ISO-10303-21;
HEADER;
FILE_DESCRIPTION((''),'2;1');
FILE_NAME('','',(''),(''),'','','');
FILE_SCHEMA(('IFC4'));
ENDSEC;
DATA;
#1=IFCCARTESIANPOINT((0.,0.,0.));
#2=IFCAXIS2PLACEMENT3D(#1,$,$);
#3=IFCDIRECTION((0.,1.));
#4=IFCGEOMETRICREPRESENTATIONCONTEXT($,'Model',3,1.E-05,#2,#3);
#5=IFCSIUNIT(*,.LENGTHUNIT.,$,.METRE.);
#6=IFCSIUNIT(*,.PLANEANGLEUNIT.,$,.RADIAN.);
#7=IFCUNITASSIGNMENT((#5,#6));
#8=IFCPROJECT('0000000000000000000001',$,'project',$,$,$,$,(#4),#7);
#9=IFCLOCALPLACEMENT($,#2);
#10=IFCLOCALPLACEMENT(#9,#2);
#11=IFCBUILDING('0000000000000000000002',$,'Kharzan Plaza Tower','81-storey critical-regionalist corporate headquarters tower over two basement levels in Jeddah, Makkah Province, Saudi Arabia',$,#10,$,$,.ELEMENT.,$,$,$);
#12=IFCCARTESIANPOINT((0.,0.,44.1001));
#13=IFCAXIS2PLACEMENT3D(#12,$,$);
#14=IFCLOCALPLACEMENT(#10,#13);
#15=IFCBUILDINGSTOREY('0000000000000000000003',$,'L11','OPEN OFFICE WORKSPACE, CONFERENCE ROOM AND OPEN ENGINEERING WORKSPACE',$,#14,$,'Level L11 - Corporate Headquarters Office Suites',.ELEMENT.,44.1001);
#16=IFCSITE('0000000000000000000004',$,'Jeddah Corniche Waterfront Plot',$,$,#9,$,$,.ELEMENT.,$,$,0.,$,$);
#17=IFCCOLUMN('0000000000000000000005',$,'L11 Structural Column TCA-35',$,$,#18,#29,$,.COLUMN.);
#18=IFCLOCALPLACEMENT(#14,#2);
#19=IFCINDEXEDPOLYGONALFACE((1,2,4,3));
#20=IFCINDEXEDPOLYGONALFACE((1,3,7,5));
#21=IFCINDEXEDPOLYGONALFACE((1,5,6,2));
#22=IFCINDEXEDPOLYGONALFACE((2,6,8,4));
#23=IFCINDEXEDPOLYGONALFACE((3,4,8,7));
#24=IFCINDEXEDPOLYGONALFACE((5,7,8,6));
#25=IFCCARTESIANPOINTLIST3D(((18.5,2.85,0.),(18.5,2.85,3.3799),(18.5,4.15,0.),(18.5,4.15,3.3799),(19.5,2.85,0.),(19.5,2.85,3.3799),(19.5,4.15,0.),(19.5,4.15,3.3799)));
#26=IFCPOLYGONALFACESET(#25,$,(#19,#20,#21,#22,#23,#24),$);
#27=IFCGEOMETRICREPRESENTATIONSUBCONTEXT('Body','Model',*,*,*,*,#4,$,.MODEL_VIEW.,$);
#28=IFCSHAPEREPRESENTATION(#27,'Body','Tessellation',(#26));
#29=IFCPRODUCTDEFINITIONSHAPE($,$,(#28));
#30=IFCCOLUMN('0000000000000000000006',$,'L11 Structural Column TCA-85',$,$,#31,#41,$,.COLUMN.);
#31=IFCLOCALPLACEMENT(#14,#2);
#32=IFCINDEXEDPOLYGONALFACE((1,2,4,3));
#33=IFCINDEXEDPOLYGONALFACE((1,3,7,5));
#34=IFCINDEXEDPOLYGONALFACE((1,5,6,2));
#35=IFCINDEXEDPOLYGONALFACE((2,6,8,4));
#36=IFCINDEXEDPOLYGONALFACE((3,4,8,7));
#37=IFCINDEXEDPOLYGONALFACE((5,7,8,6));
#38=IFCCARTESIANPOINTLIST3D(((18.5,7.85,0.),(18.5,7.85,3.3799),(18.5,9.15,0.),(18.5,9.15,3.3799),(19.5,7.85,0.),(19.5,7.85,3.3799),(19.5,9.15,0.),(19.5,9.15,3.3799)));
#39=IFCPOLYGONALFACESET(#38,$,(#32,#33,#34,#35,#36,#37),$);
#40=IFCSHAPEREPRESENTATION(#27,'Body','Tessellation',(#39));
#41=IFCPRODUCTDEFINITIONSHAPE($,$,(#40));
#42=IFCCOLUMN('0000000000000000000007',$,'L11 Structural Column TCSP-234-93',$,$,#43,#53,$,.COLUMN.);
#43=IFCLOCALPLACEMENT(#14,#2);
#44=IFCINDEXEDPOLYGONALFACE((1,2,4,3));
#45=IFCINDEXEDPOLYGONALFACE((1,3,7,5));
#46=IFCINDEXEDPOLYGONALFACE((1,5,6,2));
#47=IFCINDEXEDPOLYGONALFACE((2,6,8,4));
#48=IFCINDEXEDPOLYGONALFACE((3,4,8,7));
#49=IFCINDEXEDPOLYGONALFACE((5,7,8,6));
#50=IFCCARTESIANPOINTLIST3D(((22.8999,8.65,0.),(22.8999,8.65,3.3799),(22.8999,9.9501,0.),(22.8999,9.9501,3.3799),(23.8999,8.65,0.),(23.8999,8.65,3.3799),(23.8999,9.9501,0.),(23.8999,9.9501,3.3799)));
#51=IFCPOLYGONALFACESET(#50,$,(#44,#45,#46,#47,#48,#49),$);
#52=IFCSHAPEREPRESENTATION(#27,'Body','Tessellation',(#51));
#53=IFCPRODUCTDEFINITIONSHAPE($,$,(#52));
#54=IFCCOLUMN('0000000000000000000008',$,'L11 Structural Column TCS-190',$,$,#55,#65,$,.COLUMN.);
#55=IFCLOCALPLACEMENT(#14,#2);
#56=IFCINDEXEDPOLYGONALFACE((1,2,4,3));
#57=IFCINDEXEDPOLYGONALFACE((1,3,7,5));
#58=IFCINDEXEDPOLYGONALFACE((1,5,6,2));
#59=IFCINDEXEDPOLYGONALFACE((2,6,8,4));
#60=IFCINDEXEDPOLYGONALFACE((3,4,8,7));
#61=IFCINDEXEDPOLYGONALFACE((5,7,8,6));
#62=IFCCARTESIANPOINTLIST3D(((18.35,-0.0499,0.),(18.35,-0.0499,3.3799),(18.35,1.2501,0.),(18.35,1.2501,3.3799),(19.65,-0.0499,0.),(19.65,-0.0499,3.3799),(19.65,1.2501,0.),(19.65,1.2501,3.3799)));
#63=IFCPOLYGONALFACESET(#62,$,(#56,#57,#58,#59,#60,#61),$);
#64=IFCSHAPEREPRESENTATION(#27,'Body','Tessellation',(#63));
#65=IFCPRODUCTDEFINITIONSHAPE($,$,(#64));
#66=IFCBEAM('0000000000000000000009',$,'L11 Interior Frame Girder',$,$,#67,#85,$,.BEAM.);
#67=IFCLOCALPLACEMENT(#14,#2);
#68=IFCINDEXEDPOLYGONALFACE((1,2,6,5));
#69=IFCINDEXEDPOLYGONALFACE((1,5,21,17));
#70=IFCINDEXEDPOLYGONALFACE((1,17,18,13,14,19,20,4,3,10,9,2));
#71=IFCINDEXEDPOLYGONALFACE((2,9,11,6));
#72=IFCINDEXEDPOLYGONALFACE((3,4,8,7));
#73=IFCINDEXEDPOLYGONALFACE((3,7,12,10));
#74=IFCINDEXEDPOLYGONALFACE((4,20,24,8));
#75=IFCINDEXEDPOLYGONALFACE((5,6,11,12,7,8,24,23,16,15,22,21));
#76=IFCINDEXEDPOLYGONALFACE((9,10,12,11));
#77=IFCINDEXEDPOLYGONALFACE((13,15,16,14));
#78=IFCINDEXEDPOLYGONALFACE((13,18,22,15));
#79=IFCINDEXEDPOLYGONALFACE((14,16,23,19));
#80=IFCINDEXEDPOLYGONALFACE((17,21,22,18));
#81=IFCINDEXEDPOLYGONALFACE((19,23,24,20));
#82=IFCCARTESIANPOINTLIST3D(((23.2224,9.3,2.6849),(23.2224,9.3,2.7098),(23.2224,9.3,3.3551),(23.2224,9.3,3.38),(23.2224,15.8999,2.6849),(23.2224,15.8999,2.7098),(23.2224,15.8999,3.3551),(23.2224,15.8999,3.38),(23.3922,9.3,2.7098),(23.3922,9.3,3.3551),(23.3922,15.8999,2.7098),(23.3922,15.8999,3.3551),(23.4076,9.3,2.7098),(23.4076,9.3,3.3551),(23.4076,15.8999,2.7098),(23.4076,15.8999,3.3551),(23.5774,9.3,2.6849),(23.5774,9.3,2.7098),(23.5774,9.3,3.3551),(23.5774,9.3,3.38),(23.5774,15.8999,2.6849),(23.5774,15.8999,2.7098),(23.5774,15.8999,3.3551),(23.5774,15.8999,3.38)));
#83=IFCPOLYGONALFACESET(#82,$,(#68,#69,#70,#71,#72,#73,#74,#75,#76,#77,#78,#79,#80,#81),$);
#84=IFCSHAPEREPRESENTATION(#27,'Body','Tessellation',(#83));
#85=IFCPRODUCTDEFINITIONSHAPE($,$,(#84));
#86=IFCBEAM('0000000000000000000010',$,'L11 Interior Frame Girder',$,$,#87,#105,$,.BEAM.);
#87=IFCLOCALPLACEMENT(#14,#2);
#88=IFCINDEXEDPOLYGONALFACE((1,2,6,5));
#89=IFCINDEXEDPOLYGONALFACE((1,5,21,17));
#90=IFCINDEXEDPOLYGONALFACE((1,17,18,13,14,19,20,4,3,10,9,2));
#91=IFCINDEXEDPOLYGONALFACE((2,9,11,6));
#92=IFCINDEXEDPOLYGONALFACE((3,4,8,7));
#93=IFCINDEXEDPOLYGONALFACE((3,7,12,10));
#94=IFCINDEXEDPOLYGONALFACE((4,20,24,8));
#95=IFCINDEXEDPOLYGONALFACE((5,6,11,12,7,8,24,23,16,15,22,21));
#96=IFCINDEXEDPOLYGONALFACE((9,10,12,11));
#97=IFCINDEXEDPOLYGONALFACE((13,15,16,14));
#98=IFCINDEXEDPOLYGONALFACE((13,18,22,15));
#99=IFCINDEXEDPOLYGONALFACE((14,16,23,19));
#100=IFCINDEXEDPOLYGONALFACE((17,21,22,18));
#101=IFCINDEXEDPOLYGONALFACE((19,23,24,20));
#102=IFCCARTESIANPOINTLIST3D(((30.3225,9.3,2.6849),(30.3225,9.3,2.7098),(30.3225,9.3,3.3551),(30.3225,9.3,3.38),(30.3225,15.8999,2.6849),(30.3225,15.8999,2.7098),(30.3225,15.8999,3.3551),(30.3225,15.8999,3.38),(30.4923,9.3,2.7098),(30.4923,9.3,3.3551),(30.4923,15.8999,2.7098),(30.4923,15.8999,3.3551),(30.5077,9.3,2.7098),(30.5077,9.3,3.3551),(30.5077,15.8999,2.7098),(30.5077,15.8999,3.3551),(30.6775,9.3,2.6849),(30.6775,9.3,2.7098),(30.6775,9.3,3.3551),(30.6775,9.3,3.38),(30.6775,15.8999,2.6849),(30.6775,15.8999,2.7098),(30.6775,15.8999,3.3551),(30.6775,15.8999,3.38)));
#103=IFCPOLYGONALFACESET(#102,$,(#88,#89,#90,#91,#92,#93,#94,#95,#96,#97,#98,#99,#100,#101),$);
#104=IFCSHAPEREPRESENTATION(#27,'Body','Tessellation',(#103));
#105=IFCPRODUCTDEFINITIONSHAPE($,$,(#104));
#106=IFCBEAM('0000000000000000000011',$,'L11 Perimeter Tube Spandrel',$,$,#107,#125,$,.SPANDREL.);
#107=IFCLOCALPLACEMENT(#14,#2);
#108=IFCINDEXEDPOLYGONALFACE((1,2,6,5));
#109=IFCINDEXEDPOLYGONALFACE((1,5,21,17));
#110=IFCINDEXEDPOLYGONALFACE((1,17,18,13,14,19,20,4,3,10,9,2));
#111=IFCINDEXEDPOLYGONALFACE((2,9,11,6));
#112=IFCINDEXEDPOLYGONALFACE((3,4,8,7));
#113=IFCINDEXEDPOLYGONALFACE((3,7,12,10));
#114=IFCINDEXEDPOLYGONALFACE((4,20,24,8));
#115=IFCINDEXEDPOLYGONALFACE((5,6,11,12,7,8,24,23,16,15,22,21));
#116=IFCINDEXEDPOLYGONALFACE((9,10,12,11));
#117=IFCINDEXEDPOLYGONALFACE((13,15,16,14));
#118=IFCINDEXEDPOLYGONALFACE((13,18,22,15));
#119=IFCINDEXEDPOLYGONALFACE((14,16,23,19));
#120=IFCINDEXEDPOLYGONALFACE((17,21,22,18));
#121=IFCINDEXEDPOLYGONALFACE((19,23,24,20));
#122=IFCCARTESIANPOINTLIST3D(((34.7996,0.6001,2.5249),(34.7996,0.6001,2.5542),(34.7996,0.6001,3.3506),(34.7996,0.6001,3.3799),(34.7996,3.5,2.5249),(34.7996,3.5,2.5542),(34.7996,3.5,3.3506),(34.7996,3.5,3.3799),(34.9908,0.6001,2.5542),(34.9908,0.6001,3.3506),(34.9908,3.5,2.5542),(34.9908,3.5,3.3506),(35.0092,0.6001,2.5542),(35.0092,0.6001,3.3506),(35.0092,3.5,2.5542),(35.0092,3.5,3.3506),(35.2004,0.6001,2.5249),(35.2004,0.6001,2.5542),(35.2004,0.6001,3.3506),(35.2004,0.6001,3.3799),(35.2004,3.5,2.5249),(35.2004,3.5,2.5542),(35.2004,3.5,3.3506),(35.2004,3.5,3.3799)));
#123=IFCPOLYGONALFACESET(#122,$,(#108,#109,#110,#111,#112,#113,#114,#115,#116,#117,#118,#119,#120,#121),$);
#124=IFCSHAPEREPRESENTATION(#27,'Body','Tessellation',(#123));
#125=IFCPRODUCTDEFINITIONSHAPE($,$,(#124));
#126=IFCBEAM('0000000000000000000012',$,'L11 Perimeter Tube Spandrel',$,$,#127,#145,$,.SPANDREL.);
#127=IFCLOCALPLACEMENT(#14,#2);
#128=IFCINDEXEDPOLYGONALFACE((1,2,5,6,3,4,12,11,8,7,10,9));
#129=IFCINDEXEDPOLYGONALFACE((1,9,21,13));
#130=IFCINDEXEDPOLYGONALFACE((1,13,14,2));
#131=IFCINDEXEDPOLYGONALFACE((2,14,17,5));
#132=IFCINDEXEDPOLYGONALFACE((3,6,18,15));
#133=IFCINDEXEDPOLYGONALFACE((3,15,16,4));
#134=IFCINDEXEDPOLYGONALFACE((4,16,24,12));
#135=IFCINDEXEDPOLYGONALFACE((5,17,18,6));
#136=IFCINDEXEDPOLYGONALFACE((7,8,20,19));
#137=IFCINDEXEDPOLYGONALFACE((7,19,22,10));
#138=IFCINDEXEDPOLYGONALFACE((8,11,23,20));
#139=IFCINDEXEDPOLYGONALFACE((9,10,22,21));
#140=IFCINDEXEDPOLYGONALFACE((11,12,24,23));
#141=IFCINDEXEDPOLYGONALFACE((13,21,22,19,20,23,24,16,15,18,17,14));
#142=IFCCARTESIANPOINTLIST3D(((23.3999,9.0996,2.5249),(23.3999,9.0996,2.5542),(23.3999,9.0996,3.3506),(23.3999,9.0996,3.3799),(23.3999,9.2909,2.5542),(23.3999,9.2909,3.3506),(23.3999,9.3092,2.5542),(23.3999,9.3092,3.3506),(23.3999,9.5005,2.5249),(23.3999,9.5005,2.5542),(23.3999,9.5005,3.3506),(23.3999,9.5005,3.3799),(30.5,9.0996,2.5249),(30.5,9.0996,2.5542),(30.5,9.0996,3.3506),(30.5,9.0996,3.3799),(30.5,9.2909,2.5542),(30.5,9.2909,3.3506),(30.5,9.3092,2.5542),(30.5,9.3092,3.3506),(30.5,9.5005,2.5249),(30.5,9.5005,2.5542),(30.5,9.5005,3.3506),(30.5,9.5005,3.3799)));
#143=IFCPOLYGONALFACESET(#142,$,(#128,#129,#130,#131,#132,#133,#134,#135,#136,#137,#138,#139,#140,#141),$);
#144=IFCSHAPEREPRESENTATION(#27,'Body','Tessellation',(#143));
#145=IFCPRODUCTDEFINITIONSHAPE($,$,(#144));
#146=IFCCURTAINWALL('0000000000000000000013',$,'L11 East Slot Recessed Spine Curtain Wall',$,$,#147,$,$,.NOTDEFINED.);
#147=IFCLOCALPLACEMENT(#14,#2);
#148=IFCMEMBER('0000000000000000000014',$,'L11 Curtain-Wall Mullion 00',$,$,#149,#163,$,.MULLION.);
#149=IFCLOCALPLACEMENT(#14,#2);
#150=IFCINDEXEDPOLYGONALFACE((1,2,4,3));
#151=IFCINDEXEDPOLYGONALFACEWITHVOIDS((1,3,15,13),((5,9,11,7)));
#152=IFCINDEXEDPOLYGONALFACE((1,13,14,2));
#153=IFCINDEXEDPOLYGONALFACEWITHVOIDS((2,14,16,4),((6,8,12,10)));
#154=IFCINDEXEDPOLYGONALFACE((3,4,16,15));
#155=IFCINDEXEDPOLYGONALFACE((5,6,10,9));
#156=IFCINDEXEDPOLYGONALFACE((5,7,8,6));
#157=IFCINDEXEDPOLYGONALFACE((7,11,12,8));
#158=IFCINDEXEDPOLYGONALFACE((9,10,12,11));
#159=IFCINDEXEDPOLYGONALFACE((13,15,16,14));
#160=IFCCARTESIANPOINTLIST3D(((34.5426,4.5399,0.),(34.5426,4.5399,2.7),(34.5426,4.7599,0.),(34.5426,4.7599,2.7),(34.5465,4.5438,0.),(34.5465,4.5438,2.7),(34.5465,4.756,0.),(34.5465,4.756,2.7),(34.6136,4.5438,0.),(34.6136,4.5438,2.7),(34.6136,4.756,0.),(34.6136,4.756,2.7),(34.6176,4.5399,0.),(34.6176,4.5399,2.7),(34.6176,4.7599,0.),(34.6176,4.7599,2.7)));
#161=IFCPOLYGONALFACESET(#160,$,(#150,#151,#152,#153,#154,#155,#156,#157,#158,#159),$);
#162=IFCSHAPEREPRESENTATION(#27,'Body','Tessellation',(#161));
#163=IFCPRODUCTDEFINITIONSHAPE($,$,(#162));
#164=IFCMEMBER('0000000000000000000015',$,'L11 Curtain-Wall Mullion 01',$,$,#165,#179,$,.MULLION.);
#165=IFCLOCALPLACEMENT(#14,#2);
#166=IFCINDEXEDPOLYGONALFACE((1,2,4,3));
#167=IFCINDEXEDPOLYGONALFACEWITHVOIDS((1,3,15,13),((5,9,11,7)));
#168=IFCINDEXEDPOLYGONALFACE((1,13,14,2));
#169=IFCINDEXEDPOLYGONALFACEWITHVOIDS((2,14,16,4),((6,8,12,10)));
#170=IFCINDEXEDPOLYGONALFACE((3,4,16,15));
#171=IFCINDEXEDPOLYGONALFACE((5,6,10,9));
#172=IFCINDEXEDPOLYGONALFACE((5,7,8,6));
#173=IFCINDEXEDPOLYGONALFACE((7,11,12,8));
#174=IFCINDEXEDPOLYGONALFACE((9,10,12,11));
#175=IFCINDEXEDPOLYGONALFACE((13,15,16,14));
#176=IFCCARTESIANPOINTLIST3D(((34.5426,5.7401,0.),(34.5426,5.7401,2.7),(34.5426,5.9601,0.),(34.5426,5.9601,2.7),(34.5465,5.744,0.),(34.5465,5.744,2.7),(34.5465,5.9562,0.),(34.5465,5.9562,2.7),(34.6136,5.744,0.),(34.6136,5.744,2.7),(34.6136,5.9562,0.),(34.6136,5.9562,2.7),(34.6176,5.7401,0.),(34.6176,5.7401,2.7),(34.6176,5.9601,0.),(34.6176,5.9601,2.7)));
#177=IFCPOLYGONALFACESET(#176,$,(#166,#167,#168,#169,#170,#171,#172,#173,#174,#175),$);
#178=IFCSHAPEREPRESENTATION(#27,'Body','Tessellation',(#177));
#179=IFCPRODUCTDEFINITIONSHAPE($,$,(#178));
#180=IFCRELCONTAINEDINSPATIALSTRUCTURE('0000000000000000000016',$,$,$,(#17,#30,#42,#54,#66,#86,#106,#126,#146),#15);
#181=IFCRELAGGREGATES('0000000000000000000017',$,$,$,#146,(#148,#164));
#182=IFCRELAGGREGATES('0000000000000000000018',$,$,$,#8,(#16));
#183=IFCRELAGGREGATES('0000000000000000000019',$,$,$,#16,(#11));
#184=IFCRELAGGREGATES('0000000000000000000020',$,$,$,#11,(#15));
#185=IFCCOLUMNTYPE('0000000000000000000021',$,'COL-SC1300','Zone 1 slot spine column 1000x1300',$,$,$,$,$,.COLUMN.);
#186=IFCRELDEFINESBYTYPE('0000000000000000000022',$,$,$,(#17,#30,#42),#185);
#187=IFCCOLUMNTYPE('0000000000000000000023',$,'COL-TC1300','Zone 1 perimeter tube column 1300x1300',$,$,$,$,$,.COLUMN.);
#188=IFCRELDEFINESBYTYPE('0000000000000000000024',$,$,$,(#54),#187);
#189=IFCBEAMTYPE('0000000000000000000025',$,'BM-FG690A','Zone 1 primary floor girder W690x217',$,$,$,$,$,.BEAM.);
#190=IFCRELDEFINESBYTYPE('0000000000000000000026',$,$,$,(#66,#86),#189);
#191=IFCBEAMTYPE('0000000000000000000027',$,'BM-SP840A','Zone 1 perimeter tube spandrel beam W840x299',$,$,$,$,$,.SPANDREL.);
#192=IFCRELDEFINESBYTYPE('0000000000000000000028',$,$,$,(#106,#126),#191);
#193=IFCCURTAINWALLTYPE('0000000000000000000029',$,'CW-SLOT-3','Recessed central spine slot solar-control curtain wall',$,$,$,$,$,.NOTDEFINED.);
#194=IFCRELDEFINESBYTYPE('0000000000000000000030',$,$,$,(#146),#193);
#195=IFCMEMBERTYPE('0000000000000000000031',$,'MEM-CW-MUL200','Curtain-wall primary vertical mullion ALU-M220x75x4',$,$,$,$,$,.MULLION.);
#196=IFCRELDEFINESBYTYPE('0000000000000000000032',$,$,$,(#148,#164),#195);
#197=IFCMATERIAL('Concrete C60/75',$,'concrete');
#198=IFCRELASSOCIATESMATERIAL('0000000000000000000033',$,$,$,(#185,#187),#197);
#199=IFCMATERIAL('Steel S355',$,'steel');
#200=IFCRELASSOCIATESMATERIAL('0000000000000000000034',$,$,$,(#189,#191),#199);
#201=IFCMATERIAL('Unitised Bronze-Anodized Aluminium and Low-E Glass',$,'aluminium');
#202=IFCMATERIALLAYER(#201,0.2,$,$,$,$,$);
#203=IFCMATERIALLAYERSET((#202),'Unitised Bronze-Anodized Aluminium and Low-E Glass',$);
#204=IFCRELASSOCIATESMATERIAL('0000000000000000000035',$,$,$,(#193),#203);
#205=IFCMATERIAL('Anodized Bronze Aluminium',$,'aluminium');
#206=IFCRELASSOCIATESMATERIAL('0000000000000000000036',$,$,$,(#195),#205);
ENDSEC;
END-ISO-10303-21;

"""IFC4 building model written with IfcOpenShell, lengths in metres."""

from ifc_helpers import new_model, si_unit, direction, frame, origin, origin_2d, place, context, subcontext, project, spatial, rectangle, hollow_rectangle, i_section, extrude, source, transform, mapped, material, layer, layer_set, material_profile, profile_set, type_object, element, aggregate, save


model = new_model("IFC4")

# Units and contexts
model_context = context("Model", 3, precision=1e-05, world=origin(), true_north=direction((0.0, 1.0)))
body_context = subcontext(model_context, "Body", "Model", "MODEL_VIEW")
ifc_project = project(units=[si_unit("LENGTHUNIT", "METRE"), si_unit("PLANEANGLEUNIT", "RADIAN")], contexts=[model_context])

# Site, building, storey
site_placement = place(None, origin())
site = spatial("IfcSite", under=ifc_project, at=site_placement, Name="Jeddah Corniche Waterfront Plot", CompositionType="ELEMENT", RefElevation=0.0)
building_placement = place(site_placement, origin())
building = spatial("IfcBuilding", under=site, at=building_placement, Name="Kharzan Plaza Tower", Description="81-storey critical-regionalist corporate headquarters tower over two basement levels in Jeddah, Makkah Province, Saudi Arabia", CompositionType="ELEMENT")
storey_placement = place(building_placement, frame((0.0, 0.0, 44.1001)))
storey = spatial("IfcBuildingStorey", under=building, at=storey_placement, Name="L11", Description="OPEN OFFICE WORKSPACE, CONFERENCE ROOM AND OPEN ENGINEERING WORKSPACE", LongName="Level L11 - Corporate Headquarters Office Suites", CompositionType="ELEMENT", Elevation=44.1001)

# Columns
ifc_material_1 = material(Name="Concrete C60/75", Category="concrete")
ifc_material_profile_1 = material_profile(ifc_material_1, rectangle(XDim=1.0, YDim=1.3, at=origin_2d()), Name="RC-SC1300x1000")
ifc_profile_set_1 = profile_set([ifc_material_profile_1], Name="Concrete C60/75")
column_type_1 = type_object("IfcColumnType", Name="COL-SC1300", Description="Zone 1 slot spine column 1000x1300", PredefinedType="COLUMN", material=ifc_profile_set_1)
shared_shape_1 = source(origin(), body_context, "Body", "SweptSolid", [
    extrude(rectangle(XDim=1.0, YDim=1.3, at=origin_2d()), origin(), (0.0, 0.0, 1.0), 3.3799),
])
for number, where, z_axis, x_axis, name in (
    (1, (19.0, 3.5, 0.0), (0.0, 0.0, 1.0), (1.0, 0.0, 0.0), "L11 Structural Column TCA-35"),
    (2, (19.0, 8.5, 0.0), (0.0, 0.0, 1.0), (1.0, 0.0, 0.0), "L11 Structural Column TCA-85"),
    (3, (23.3999, 9.3, 0.0), (0.0, 0.0, 1.0), (1.0, 0.0, 0.0), "L11 Structural Column TCSP-234-93"),
):
    element("IfcColumn", number, at=place(storey_placement, frame(where, z_axis=z_axis, x_axis=x_axis)), inside=storey, type_object=column_type_1, Name=name, PredefinedType="COLUMN", context=body_context, shape_type="MappedRepresentation", body=[
        mapped(shared_shape_1, transform((0.0, 0.0, 0.0), x_axis=(1.0, 0.0, 0.0), y_axis=(0.0, 1.0, 0.0), z_axis=(0.0, 0.0, 1.0))),
    ])
ifc_material_profile_2 = material_profile(ifc_material_1, rectangle(XDim=1.3, YDim=1.3, at=origin_2d()), Name="RC-TC1300x1300")
ifc_profile_set_2 = profile_set([ifc_material_profile_2], Name="Concrete C60/75")
column_type_2 = type_object("IfcColumnType", Name="COL-TC1300", Description="Zone 1 perimeter tube column 1300x1300", PredefinedType="COLUMN", material=ifc_profile_set_2)
shared_shape_2 = source(origin(), body_context, "Body", "SweptSolid", [
    extrude(rectangle(XDim=1.3, YDim=1.3, at=origin_2d()), origin(), (0.0, 0.0, 1.0), 3.3799),
])
column_placement = place(storey_placement, frame((19.0, 0.6001, 0.0), z_axis=(0.0, 0.0, 1.0), x_axis=(1.0, 0.0, 0.0)))
element("IfcColumn", 4, at=column_placement, inside=storey, type_object=column_type_2, Name="L11 Structural Column TCS-190", PredefinedType="COLUMN", context=body_context, shape_type="MappedRepresentation", body=[
    mapped(shared_shape_2, transform((0.0, 0.0, 0.0), x_axis=(1.0, 0.0, 0.0), y_axis=(0.0, 1.0, 0.0), z_axis=(0.0, 0.0, 1.0))),
])

# Beams
ifc_material_2 = material(Name="Steel S355", Category="steel")
ifc_material_profile_3 = material_profile(ifc_material_2, i_section(OverallWidth=0.355, OverallDepth=0.6951, WebThickness=0.0154, FlangeThickness=0.0249, at=origin_2d()), Name="W690x217")
ifc_profile_set_3 = profile_set([ifc_material_profile_3], Name="Steel S355")
beam_type_1 = type_object("IfcBeamType", Name="BM-FG690A", Description="Zone 1 primary floor girder W690x217", PredefinedType="BEAM", material=ifc_profile_set_3)
shared_shape_3 = source(origin(), body_context, "Body", "SweptSolid", [
    extrude(i_section(OverallWidth=0.355, OverallDepth=0.6951, WebThickness=0.0154, FlangeThickness=0.0249, at=origin_2d()), origin(), (0.0, 0.0, 1.0), 6.5999),
])
for number, where, z_axis, x_axis, name in (
    (5, (23.3999, 9.3, 3.0325), (0.0, 1.0, 0.0), (-1.0, 0.0, 0.0), "L11 Interior Frame Girder"),
    (6, (30.5, 9.3, 3.0325), (0.0, 1.0, 0.0), (-1.0, 0.0, 0.0), "L11 Interior Frame Girder"),
):
    element("IfcBeam", number, at=place(storey_placement, frame(where, z_axis=z_axis, x_axis=x_axis)), inside=storey, type_object=beam_type_1, Name=name, PredefinedType="BEAM", context=body_context, shape_type="MappedRepresentation", body=[
        mapped(shared_shape_3, transform((0.0, 0.0, 0.0), x_axis=(1.0, 0.0, 0.0), y_axis=(0.0, 1.0, 0.0), z_axis=(0.0, 0.0, 1.0))),
    ])
ifc_material_profile_4 = material_profile(ifc_material_2, i_section(OverallWidth=0.4009, OverallDepth=0.855, WebThickness=0.0183, FlangeThickness=0.0293, at=origin_2d()), Name="W840x299")
ifc_profile_set_4 = profile_set([ifc_material_profile_4], Name="Steel S355")
beam_type_2 = type_object("IfcBeamType", Name="BM-SP840A", Description="Zone 1 perimeter tube spandrel beam W840x299", PredefinedType="SPANDREL", material=ifc_profile_set_4)
shared_shape_4 = source(origin(), body_context, "Body", "SweptSolid", [
    extrude(i_section(OverallWidth=0.4009, OverallDepth=0.855, WebThickness=0.0183, FlangeThickness=0.0293, at=origin_2d()), origin(), (0.0, 0.0, 1.0), 2.8999),
])
beam_1_placement = place(storey_placement, frame((35.0, 0.6001, 2.9524), z_axis=(0.0, 1.0, 0.0), x_axis=(-1.0, 0.0, 0.0)))
element("IfcBeam", 7, at=beam_1_placement, inside=storey, type_object=beam_type_2, Name="L11 Perimeter Tube Spandrel", PredefinedType="SPANDREL", context=body_context, shape_type="MappedRepresentation", body=[
    mapped(shared_shape_4, transform((0.0, 0.0, 0.0), x_axis=(1.0, 0.0, 0.0), y_axis=(0.0, 1.0, 0.0), z_axis=(0.0, 0.0, 1.0))),
])
shared_shape_5 = source(origin(), body_context, "Body", "SweptSolid", [
    extrude(i_section(OverallWidth=0.4009, OverallDepth=0.855, WebThickness=0.0183, FlangeThickness=0.0293, at=origin_2d()), origin(), (0.0, 0.0, 1.0), 7.1001),
])
beam_2_placement = place(storey_placement, frame((23.3999, 9.3, 2.9524), z_axis=(1.0, 0.0, 0.0), x_axis=(0.0, 1.0, 0.0)))
element("IfcBeam", 8, at=beam_2_placement, inside=storey, type_object=beam_type_2, Name="L11 Perimeter Tube Spandrel", PredefinedType="SPANDREL", context=body_context, shape_type="MappedRepresentation", body=[
    mapped(shared_shape_5, transform((0.0, 0.0, 0.0), x_axis=(1.0, 0.0, 0.0), y_axis=(0.0, 1.0, 0.0), z_axis=(0.0, 0.0, 1.0))),
])

# Curtain wall, members
ifc_material_3 = material(Name="Unitised Bronze-Anodized Aluminium and Low-E Glass", Category="aluminium")
ifc_layer_1 = layer(ifc_material_3, 0.2)
ifc_layer_set_1 = layer_set([ifc_layer_1], Name="Unitised Bronze-Anodized Aluminium and Low-E Glass")
curtain_wall_type = type_object("IfcCurtainWallType", Name="CW-SLOT-3", Description="Recessed central spine slot solar-control curtain wall", PredefinedType="NOTDEFINED", material=ifc_layer_set_1)
curtain_wall_placement = place(storey_placement, origin())
curtain_wall = element("IfcCurtainWall", 9, at=curtain_wall_placement, inside=storey, type_object=curtain_wall_type, Name="L11 East Slot Recessed Spine Curtain Wall", PredefinedType="NOTDEFINED")
ifc_material_4 = material(Name="Anodized Bronze Aluminium", Category="aluminium")
ifc_material_profile_5 = material_profile(ifc_material_4, hollow_rectangle(XDim=0.075, YDim=0.22, WallThickness=0.0039, at=origin_2d()), Name="ALU-M220x75x4")
ifc_profile_set_5 = profile_set([ifc_material_profile_5], Name="Anodized Bronze Aluminium")
member_type_1 = type_object("IfcMemberType", Name="MEM-CW-MUL200", Description="Curtain-wall primary vertical mullion ALU-M220x75x4", PredefinedType="MULLION", material=ifc_profile_set_5)
shared_shape_6 = source(origin(), body_context, "Body", "SweptSolid", [
    extrude(hollow_rectangle(XDim=0.075, YDim=0.22, WallThickness=0.0039, at=origin_2d()), origin(), (0.0, 0.0, 1.0), 2.7),
])
member_1_placement = place(storey_placement, frame((34.5801, 4.6499, 0.0), z_axis=(0.0, 0.0, 1.0), x_axis=(1.0, 0.0, 0.0)))
member_1 = element("IfcMember", 10, at=member_1_placement, type_object=member_type_1, Name="L11 Curtain-Wall Mullion 00", PredefinedType="MULLION", context=body_context, shape_type="MappedRepresentation", body=[
    mapped(shared_shape_6, transform((0.0, 0.0, 0.0), x_axis=(1.0, 0.0, 0.0), y_axis=(0.0, 1.0, 0.0), z_axis=(0.0, 0.0, 1.0))),
])
member_2_placement = place(storey_placement, frame((34.5801, 5.8501, 0.0), z_axis=(0.0, 0.0, 1.0), x_axis=(1.0, 0.0, 0.0)))
member_2 = element("IfcMember", 11, at=member_2_placement, type_object=member_type_1, Name="L11 Curtain-Wall Mullion 01", PredefinedType="MULLION", context=body_context, shape_type="MappedRepresentation", body=[
    mapped(shared_shape_6, transform((0.0, 0.0, 0.0), x_axis=(1.0, 0.0, 0.0), y_axis=(0.0, 1.0, 0.0), z_axis=(0.0, 0.0, 1.0))),
])

aggregate(curtain_wall, [member_1, member_2])

save(model, "model.ifc")
